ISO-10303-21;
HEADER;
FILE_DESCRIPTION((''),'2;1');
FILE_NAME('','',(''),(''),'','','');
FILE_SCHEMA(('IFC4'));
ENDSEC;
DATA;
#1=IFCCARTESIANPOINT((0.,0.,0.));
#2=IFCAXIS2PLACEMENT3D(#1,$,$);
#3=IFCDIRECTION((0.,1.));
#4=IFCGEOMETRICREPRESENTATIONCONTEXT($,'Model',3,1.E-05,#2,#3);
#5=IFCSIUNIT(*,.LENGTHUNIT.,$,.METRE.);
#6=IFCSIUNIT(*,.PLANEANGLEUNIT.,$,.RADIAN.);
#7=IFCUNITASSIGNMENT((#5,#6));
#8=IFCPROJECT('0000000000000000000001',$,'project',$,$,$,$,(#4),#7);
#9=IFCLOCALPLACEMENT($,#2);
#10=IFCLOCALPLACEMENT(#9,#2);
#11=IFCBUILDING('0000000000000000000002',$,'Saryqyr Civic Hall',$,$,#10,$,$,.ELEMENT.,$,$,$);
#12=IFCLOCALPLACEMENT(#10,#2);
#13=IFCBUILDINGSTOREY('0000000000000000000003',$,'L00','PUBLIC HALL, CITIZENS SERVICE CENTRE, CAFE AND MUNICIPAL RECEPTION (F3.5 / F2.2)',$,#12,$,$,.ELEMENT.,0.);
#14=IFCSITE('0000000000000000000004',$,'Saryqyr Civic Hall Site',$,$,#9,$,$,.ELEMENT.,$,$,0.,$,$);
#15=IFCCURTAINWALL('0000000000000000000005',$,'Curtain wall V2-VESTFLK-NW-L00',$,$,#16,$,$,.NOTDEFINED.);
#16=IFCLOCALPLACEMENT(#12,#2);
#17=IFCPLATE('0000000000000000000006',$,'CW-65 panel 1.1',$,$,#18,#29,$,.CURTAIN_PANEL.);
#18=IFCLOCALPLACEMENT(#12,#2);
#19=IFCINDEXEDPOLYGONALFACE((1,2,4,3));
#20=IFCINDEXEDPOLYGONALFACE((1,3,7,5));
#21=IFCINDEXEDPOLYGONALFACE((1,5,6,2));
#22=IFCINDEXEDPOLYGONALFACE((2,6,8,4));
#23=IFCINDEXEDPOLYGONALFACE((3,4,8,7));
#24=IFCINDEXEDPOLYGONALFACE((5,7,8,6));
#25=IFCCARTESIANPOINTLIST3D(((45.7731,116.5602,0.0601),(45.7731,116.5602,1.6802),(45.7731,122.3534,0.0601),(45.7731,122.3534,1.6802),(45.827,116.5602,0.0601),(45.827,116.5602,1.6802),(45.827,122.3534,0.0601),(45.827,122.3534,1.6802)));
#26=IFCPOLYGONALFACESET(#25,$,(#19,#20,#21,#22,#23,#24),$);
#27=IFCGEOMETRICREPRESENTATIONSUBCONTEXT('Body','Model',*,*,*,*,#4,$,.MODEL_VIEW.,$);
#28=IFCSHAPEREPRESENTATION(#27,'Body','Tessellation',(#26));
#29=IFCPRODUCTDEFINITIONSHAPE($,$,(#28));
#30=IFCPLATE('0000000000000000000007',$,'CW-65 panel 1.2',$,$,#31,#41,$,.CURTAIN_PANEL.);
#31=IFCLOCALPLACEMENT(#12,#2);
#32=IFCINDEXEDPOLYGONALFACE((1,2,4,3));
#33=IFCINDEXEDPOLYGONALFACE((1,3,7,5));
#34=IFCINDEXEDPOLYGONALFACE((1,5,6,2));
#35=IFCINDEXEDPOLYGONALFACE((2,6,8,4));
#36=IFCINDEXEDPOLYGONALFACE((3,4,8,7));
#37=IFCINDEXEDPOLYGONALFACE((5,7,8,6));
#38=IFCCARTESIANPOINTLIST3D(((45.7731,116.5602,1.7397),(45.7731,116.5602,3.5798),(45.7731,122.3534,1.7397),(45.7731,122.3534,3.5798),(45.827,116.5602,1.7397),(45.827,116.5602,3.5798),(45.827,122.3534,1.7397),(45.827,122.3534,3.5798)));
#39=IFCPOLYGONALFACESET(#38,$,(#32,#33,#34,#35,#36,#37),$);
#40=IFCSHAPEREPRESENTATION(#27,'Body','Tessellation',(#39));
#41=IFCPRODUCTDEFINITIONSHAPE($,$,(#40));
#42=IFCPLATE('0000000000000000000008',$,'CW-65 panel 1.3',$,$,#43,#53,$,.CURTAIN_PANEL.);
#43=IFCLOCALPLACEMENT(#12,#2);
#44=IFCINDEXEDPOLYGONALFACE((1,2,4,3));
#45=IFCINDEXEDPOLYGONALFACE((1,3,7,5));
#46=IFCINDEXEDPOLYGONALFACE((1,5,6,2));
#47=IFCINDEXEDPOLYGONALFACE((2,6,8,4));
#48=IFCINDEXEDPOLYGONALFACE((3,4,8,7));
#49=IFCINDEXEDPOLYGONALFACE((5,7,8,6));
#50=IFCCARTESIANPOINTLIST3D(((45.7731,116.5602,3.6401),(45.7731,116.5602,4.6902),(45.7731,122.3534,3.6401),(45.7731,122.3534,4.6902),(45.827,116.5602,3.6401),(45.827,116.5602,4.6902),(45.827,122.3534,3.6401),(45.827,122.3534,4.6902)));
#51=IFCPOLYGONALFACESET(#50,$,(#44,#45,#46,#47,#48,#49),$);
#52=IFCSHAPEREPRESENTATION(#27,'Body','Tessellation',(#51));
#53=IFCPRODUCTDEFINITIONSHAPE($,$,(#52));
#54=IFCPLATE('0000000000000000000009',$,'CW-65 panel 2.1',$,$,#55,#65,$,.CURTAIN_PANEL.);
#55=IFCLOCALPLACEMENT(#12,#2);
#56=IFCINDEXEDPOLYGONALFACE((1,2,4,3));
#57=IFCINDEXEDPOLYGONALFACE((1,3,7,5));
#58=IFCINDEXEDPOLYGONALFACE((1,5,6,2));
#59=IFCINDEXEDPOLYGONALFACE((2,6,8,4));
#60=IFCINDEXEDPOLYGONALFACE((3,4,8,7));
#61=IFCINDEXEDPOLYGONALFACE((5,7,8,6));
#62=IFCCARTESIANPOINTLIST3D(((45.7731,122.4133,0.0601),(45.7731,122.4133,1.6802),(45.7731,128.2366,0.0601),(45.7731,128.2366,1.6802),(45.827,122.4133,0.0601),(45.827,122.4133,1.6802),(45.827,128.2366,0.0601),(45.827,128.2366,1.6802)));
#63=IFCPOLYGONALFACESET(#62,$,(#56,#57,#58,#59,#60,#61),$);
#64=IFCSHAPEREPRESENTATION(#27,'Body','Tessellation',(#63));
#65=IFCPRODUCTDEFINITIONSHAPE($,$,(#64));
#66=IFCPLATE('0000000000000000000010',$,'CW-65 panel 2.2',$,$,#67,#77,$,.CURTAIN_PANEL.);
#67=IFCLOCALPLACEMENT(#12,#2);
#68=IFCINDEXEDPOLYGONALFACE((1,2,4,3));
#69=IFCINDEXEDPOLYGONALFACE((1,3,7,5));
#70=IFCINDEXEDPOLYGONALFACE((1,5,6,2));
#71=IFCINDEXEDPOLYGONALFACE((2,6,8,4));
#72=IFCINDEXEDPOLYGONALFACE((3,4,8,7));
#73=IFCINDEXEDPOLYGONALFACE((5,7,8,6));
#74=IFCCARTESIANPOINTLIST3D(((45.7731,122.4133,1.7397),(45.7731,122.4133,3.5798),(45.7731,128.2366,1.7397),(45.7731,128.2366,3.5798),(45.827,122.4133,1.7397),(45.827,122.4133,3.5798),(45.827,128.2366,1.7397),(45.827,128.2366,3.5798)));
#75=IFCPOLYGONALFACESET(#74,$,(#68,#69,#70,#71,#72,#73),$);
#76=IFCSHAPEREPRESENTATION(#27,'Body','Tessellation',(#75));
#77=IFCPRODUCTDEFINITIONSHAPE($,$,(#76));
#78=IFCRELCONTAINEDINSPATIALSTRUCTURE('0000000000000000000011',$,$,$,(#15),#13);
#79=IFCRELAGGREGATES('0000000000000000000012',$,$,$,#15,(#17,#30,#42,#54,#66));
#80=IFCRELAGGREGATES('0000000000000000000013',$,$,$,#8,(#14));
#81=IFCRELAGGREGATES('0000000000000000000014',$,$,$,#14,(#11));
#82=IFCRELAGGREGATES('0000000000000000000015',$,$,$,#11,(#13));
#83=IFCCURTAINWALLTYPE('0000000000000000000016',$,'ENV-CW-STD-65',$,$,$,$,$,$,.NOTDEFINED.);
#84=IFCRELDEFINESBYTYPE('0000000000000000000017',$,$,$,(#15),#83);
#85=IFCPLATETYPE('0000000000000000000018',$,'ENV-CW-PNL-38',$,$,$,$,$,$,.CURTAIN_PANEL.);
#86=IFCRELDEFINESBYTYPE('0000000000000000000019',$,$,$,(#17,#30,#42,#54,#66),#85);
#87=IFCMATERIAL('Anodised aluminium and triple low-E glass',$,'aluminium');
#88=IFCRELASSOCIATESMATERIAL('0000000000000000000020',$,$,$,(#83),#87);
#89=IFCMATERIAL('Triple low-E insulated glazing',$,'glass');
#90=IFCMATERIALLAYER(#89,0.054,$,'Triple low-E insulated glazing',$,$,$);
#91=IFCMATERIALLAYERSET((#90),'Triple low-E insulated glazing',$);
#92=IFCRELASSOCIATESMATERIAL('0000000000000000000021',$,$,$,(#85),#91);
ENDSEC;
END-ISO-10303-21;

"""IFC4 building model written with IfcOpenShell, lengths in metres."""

from ifc_helpers import new_model, si_unit, direction, frame, origin, origin_2d, place, context, subcontext, project, spatial, rectangle, extrude, material, layer, layer_set, type_object, element, aggregate, save


model = new_model("IFC4")

# Units and contexts
model_context = context("Model", 3, precision=1e-05, world=origin(), true_north=direction((0.0, 1.0)))
body_context = subcontext(model_context, "Body", "Model", "MODEL_VIEW")
ifc_project = project(units=[si_unit("LENGTHUNIT", "METRE"), si_unit("PLANEANGLEUNIT", "RADIAN")], contexts=[model_context])

# Site, building, storey
site_placement = place(None, origin())
site = spatial("IfcSite", under=ifc_project, at=site_placement, Name="Saryqyr Civic Hall Site", CompositionType="ELEMENT", RefElevation=0.0)
building_placement = place(site_placement, origin())
building = spatial("IfcBuilding", under=site, at=building_placement, Name="Saryqyr Civic Hall", CompositionType="ELEMENT")
storey_placement = place(building_placement, origin())
storey = spatial("IfcBuildingStorey", under=building, at=storey_placement, Name="L00", Description="PUBLIC HALL, CITIZENS SERVICE CENTRE, CAFE AND MUNICIPAL RECEPTION (F3.5 / F2.2)", CompositionType="ELEMENT", Elevation=0.0)

# Curtain wall
ifc_material_1 = material(Name="Anodised aluminium and triple low-E glass", Category="aluminium")
curtain_wall_type = type_object("IfcCurtainWallType", Name="ENV-CW-STD-65", PredefinedType="NOTDEFINED", material=ifc_material_1)
curtain_wall_placement = place(storey_placement, origin())
curtain_wall = element("IfcCurtainWall", 1, at=curtain_wall_placement, inside=storey, type_object=curtain_wall_type, Name="Curtain wall V2-VESTFLK-NW-L00", PredefinedType="NOTDEFINED")

# Plates
ifc_material_2 = material(Name="Triple low-E insulated glazing", Category="glass")
ifc_layer_1 = layer(ifc_material_2, 0.054, Name="Triple low-E insulated glazing")
ifc_layer_set_1 = layer_set([ifc_layer_1], Name="Triple low-E insulated glazing")
plate_type = type_object("IfcPlateType", Name="ENV-CW-PNL-38", PredefinedType="CURTAIN_PANEL", material=ifc_layer_set_1)
plate_1_placement = place(storey_placement, frame((45.8, 119.4568, 0.0601), z_axis=(0.0, 0.0, 1.0), x_axis=(0.0, 1.0, 0.0)))
plate_1 = element("IfcPlate", 2, at=plate_1_placement, type_object=plate_type, Name="CW-65 panel 1.1", PredefinedType="CURTAIN_PANEL", context=body_context, shape_type="SweptSolid", body=[
    extrude(rectangle(XDim=5.7932, YDim=0.054, at=origin_2d()), origin(), (0.0, 0.0, 1.0), 1.6201),
])
plate_2_placement = place(storey_placement, frame((45.8, 119.4568, 1.7397), z_axis=(0.0, 0.0, 1.0), x_axis=(0.0, 1.0, 0.0)))
plate_2 = element("IfcPlate", 3, at=plate_2_placement, type_object=plate_type, Name="CW-65 panel 1.2", PredefinedType="CURTAIN_PANEL", context=body_context, shape_type="SweptSolid", body=[
    extrude(rectangle(XDim=5.7932, YDim=0.054, at=origin_2d()), origin(), (0.0, 0.0, 1.0), 1.8401),
])
plate_3_placement = place(storey_placement, frame((45.8, 119.4568, 3.6401), z_axis=(0.0, 0.0, 1.0), x_axis=(0.0, 1.0, 0.0)))
plate_3 = element("IfcPlate", 4, at=plate_3_placement, type_object=plate_type, Name="CW-65 panel 1.3", PredefinedType="CURTAIN_PANEL", context=body_context, shape_type="SweptSolid", body=[
    extrude(rectangle(XDim=5.7932, YDim=0.054, at=origin_2d()), origin(), (0.0, 0.0, 1.0), 1.05),
])
plate_4_placement = place(storey_placement, frame((45.8, 125.325, 0.0601), z_axis=(0.0, 0.0, 1.0), x_axis=(0.0, 1.0, 0.0)))
plate_4 = element("IfcPlate", 5, at=plate_4_placement, type_object=plate_type, Name="CW-65 panel 2.1", PredefinedType="CURTAIN_PANEL", context=body_context, shape_type="SweptSolid", body=[
    extrude(rectangle(XDim=5.8232, YDim=0.054, at=origin_2d()), origin(), (0.0, 0.0, 1.0), 1.6201),
])
plate_5_placement = place(storey_placement, frame((45.8, 125.325, 1.7397), z_axis=(0.0, 0.0, 1.0), x_axis=(0.0, 1.0, 0.0)))
plate_5 = element("IfcPlate", 6, at=plate_5_placement, type_object=plate_type, Name="CW-65 panel 2.2", PredefinedType="CURTAIN_PANEL", context=body_context, shape_type="SweptSolid", body=[
    extrude(rectangle(XDim=5.8232, YDim=0.054, at=origin_2d()), origin(), (0.0, 0.0, 1.0), 1.8401),
])
aggregate(curtain_wall, [plate_1, plate_2, plate_3, plate_4, plate_5])

save(model, "model.ifc")
